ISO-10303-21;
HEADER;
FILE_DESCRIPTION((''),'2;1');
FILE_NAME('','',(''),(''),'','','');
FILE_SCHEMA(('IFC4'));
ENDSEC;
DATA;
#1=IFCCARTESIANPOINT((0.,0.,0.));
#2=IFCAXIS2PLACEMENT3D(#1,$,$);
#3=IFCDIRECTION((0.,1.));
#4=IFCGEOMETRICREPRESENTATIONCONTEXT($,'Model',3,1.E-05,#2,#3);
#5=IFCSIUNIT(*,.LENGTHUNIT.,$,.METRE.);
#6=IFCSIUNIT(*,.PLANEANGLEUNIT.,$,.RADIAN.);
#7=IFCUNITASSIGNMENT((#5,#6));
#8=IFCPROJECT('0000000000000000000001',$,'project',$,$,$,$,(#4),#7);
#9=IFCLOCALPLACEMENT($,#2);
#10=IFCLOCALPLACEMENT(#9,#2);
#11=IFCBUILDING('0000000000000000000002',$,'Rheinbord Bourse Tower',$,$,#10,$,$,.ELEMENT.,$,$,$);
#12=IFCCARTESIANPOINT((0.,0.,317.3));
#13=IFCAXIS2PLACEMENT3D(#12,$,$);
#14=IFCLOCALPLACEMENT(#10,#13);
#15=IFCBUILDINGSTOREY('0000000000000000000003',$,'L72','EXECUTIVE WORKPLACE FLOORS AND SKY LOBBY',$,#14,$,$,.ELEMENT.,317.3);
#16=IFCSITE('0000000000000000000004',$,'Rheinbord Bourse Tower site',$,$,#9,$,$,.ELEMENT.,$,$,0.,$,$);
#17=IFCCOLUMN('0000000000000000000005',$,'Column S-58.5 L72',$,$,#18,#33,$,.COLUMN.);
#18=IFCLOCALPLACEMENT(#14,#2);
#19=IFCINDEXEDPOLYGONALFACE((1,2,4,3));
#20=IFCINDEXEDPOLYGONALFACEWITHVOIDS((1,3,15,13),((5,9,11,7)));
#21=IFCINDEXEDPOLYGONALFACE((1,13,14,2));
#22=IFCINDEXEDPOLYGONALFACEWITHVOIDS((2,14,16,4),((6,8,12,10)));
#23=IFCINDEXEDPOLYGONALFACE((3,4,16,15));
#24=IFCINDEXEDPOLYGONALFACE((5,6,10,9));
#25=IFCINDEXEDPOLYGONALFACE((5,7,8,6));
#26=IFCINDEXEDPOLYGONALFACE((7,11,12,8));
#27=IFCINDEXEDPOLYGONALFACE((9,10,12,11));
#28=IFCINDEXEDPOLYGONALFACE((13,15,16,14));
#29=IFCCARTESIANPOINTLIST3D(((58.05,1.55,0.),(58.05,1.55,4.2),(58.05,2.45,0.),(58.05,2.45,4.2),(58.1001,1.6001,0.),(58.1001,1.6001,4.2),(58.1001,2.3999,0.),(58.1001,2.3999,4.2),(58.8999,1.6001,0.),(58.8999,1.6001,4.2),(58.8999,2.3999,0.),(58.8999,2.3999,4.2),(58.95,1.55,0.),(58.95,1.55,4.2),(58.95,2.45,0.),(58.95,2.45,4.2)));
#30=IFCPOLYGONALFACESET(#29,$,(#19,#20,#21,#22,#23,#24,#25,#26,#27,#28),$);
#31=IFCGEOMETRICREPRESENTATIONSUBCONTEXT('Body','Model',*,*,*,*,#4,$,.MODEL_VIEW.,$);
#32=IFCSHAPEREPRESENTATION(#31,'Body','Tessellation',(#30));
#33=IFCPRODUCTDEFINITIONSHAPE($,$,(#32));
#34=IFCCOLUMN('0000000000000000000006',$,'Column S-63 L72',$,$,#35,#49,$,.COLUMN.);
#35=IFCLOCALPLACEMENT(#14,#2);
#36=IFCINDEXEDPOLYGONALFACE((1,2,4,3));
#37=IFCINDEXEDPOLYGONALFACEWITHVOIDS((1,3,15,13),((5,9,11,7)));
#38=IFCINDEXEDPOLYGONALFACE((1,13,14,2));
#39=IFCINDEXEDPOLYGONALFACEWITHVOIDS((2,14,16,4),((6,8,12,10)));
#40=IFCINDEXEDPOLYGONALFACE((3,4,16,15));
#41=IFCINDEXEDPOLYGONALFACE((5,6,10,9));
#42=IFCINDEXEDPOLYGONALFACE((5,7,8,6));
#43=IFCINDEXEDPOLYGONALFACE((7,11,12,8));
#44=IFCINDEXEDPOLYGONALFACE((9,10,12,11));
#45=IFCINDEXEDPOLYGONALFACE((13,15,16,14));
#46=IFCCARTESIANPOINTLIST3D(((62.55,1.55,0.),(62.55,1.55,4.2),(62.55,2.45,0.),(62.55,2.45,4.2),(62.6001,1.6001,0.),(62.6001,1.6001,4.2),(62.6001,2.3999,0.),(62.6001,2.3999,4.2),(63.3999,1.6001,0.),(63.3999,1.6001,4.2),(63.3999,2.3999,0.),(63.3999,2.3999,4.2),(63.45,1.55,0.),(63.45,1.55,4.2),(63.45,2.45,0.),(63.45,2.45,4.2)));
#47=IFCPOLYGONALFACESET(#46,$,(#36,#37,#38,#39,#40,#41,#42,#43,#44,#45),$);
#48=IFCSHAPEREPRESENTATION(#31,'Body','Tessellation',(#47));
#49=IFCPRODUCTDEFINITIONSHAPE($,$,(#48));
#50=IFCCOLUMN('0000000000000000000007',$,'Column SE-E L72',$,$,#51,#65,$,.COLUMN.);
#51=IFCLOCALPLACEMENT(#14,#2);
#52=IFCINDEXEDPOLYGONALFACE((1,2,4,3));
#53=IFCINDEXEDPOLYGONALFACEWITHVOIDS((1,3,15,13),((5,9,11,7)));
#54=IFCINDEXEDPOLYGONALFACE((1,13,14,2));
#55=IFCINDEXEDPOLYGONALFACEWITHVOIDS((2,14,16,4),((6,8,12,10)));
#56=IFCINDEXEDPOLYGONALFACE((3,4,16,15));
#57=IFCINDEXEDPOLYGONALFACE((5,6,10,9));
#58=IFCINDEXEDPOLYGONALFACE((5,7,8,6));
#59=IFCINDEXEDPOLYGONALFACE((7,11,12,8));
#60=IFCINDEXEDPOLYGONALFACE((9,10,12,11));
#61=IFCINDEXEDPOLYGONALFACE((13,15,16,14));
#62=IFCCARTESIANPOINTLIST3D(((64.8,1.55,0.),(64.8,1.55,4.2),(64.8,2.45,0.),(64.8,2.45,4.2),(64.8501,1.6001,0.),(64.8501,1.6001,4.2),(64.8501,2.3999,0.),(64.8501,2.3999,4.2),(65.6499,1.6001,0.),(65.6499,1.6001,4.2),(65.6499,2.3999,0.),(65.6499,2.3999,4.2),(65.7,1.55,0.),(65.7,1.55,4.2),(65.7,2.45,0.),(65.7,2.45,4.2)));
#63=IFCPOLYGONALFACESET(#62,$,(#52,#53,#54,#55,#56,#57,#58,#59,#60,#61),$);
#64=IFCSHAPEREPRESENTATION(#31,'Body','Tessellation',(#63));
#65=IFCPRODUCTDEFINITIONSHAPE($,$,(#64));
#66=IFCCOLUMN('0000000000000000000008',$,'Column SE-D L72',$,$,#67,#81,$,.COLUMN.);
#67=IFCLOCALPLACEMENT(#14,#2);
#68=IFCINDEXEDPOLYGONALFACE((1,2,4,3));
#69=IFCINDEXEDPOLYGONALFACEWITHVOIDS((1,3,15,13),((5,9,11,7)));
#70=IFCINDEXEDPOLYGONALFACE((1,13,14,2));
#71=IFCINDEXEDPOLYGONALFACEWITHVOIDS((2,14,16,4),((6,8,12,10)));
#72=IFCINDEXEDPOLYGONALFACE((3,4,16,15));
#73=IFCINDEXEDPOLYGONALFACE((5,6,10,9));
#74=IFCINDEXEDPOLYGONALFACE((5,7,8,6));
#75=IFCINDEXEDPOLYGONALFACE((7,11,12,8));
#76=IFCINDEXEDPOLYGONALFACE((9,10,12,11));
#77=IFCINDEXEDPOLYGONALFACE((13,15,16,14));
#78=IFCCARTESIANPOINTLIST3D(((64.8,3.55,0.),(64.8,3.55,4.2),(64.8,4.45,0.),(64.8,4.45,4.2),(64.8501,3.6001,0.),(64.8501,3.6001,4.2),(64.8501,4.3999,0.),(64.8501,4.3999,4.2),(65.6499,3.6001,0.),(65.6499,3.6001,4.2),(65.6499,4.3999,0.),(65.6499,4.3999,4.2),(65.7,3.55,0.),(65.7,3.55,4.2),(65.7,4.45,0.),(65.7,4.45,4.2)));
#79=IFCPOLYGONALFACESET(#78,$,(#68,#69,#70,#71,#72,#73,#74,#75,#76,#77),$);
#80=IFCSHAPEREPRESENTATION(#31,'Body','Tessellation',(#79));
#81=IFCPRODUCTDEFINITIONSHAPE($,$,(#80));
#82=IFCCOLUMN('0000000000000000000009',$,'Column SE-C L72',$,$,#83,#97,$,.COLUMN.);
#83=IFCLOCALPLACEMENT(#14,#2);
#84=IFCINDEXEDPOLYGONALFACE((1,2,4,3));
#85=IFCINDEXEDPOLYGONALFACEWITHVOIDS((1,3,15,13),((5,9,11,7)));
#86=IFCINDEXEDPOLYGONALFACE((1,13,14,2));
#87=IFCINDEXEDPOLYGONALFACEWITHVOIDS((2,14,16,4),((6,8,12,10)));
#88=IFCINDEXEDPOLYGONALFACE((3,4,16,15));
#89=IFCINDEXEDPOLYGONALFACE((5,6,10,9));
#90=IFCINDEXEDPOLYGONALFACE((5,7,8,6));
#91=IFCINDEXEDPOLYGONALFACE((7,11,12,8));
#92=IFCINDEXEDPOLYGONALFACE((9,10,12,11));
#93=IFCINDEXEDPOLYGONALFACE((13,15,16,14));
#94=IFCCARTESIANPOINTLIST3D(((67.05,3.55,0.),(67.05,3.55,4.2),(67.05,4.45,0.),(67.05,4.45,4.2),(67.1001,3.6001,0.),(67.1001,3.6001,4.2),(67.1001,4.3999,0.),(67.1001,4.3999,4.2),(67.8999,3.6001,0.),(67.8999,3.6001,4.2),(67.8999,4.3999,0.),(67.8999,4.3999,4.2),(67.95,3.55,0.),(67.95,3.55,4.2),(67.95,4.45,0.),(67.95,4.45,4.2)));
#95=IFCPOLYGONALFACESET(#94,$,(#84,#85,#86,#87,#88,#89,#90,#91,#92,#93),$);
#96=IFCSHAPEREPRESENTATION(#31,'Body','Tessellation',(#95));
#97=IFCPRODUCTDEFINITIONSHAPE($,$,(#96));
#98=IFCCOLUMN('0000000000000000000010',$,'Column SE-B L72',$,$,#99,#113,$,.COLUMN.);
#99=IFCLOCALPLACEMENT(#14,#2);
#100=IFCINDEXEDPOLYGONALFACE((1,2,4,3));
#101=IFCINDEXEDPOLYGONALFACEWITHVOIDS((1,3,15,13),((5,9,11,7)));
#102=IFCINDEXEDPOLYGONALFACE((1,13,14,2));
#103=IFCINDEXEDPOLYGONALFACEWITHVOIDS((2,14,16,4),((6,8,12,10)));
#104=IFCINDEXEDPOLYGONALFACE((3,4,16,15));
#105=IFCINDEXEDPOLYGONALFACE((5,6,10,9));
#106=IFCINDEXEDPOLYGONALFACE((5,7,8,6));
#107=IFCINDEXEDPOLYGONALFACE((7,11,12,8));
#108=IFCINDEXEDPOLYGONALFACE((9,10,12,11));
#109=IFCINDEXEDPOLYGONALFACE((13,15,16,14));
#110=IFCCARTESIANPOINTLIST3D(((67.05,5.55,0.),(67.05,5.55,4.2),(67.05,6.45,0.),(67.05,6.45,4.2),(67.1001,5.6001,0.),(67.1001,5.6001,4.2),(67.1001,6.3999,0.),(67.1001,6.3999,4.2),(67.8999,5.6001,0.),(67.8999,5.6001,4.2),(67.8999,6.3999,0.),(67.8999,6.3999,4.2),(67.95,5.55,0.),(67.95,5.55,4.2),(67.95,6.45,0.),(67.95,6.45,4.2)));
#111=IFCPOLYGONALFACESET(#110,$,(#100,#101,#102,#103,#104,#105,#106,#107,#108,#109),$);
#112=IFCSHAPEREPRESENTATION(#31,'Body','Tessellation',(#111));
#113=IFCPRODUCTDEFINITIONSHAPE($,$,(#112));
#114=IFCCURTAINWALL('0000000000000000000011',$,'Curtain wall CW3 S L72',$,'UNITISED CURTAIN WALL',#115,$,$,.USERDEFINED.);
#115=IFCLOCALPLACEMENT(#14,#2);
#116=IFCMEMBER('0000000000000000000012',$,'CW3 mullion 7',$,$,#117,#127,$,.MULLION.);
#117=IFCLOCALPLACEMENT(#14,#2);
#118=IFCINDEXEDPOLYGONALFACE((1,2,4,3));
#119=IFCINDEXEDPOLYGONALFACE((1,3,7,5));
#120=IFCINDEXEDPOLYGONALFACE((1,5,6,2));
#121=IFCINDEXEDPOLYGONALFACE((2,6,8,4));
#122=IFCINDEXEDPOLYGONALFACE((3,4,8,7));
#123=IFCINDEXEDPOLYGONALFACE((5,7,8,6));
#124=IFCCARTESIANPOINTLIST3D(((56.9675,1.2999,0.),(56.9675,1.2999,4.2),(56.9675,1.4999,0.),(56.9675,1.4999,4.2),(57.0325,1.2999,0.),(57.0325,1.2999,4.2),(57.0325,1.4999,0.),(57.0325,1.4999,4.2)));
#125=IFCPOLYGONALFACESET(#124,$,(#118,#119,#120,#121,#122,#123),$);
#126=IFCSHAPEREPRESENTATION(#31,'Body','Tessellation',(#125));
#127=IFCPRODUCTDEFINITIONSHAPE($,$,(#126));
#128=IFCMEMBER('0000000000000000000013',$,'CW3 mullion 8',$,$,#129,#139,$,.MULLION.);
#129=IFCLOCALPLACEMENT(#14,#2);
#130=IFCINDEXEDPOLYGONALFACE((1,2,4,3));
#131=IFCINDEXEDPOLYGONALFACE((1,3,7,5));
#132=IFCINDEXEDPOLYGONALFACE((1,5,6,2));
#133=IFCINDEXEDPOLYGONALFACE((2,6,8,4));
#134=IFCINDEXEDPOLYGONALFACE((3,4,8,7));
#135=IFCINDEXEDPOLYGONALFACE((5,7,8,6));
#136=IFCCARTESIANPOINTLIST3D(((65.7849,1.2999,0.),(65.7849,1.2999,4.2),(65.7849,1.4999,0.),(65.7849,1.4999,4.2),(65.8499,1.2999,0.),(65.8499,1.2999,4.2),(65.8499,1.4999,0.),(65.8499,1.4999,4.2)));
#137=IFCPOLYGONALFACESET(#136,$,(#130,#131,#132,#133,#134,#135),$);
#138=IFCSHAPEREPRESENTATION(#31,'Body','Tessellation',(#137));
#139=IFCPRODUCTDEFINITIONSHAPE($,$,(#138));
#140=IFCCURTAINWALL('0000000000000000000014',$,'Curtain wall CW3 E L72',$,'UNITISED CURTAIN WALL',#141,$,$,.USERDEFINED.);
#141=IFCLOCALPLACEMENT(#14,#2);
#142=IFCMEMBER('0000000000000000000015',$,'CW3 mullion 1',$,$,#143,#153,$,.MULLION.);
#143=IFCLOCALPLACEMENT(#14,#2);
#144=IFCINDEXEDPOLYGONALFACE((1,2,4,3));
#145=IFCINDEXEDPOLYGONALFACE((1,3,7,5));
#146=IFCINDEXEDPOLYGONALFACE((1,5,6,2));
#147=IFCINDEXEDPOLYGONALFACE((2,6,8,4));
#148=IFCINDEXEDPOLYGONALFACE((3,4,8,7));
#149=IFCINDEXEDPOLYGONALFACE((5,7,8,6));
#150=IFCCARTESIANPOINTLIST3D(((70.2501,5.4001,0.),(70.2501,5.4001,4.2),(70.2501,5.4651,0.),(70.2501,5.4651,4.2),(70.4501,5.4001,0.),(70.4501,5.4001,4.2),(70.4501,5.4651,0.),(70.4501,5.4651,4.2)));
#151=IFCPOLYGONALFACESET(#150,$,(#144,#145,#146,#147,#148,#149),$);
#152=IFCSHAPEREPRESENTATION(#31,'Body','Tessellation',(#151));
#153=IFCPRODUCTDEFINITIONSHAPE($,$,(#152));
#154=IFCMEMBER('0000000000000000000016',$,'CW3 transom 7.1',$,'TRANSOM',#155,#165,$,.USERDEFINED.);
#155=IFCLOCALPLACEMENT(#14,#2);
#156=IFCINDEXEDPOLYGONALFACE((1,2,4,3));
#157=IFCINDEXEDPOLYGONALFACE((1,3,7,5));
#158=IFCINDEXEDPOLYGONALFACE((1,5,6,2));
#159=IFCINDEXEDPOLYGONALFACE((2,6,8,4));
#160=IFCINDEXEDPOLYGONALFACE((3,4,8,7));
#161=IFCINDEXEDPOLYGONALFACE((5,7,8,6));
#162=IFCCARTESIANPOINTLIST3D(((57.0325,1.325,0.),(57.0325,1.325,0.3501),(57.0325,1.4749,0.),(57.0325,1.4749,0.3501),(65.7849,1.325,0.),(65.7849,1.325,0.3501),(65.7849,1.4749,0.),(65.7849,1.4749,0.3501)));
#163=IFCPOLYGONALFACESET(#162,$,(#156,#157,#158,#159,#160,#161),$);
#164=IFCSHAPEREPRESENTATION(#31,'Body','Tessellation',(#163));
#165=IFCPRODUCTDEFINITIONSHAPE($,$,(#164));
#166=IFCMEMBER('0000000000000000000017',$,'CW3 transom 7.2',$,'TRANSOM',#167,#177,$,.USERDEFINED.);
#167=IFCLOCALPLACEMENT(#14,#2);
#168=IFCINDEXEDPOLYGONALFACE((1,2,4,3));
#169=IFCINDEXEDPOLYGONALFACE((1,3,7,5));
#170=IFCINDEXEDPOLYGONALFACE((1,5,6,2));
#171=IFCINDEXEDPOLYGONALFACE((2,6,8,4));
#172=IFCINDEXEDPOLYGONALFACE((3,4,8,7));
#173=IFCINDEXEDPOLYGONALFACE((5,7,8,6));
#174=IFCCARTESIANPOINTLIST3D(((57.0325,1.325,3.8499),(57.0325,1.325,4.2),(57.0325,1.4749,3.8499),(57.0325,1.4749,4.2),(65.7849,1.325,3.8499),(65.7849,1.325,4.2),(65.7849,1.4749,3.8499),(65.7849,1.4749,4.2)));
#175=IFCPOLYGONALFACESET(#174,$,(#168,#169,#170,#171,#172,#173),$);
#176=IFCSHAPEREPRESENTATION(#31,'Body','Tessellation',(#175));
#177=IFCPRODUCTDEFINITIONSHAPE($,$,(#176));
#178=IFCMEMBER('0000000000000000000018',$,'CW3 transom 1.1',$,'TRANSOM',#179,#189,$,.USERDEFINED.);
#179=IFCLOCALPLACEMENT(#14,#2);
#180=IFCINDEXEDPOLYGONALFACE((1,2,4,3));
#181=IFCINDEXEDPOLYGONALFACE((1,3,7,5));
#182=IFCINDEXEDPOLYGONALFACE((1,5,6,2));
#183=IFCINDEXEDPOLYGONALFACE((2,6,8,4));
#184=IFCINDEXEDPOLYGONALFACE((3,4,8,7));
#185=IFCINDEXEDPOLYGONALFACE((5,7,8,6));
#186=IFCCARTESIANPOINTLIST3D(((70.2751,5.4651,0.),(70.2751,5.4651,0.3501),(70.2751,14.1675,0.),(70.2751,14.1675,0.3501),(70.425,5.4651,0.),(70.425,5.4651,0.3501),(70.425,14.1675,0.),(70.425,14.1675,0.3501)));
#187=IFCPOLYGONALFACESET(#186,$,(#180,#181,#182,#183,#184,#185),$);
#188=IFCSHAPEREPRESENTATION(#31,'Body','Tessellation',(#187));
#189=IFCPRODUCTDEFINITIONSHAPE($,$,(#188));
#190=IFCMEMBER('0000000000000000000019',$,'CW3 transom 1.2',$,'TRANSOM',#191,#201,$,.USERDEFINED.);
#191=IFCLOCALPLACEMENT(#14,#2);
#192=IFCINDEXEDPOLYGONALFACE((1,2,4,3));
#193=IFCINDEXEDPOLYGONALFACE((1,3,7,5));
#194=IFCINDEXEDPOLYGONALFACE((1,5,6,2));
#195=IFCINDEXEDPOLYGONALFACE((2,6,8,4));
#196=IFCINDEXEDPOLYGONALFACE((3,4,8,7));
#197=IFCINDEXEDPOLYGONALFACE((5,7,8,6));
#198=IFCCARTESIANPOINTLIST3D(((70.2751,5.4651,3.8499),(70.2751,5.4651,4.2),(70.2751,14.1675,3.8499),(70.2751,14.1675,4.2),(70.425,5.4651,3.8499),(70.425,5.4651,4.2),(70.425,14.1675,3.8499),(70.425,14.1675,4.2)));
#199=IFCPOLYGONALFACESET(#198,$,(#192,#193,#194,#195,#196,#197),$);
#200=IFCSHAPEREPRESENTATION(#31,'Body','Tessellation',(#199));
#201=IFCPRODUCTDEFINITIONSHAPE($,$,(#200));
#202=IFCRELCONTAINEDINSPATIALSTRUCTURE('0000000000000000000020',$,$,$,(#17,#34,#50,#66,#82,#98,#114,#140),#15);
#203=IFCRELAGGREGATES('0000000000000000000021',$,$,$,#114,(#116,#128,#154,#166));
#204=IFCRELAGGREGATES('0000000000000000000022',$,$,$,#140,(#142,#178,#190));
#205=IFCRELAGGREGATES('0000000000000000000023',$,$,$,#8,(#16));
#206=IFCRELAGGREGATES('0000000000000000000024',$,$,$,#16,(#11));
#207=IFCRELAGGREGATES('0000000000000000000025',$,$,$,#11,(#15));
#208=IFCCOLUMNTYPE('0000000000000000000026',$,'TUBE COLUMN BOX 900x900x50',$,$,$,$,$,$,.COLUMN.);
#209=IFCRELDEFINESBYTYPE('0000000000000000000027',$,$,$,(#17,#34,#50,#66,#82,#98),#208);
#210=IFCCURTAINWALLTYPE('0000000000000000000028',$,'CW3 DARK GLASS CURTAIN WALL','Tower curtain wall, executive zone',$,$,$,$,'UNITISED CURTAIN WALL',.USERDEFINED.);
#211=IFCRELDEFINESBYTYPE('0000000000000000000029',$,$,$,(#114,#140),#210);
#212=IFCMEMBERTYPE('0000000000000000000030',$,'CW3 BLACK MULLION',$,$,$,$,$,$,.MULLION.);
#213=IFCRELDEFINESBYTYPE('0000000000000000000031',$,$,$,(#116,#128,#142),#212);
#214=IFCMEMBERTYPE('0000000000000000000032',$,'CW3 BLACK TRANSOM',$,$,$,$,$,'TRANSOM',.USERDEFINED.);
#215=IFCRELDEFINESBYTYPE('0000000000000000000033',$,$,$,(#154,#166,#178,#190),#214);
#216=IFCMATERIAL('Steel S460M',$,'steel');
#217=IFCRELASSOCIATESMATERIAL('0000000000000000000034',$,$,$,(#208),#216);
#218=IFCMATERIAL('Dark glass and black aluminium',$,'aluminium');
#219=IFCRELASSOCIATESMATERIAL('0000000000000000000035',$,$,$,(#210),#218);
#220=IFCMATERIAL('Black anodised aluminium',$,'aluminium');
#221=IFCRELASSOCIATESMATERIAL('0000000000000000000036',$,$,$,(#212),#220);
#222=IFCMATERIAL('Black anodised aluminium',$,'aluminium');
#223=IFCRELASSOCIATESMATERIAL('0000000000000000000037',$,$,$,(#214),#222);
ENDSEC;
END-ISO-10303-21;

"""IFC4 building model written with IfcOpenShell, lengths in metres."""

from ifc_helpers import new_model, si_unit, direction, frame, origin, origin_2d, place, context, subcontext, project, spatial, rectangle, hollow_rectangle, extrude, material, material_profile, profile_set, type_object, element, aggregate, save


model = new_model("IFC4")

# Units and contexts
model_context = context("Model", 3, precision=1e-05, world=origin(), true_north=direction((0.0, 1.0)))
body_context = subcontext(model_context, "Body", "Model", "MODEL_VIEW")
ifc_project = project(units=[si_unit("LENGTHUNIT", "METRE"), si_unit("PLANEANGLEUNIT", "RADIAN")], contexts=[model_context])

# Site, building, storey
site_placement = place(None, origin())
site = spatial("IfcSite", under=ifc_project, at=site_placement, Name="Rheinbord Bourse Tower site", CompositionType="ELEMENT", RefElevation=0.0)
building_placement = place(site_placement, origin())
building = spatial("IfcBuilding", under=site, at=building_placement, Name="Rheinbord Bourse Tower", CompositionType="ELEMENT")
storey_placement = place(building_placement, frame((0.0, 0.0, 317.3)))
storey = spatial("IfcBuildingStorey", under=building, at=storey_placement, Name="L72", Description="EXECUTIVE WORKPLACE FLOORS AND SKY LOBBY", CompositionType="ELEMENT", Elevation=317.3)

# Columns
ifc_material_1 = material(Name="Steel S460M", Category="steel")
ifc_material_profile_1 = material_profile(ifc_material_1, hollow_rectangle(XDim=0.8999, YDim=0.8999, WallThickness=0.05, at=origin_2d()), Name="BOX 900x900x50")
ifc_profile_set_1 = profile_set([ifc_material_profile_1], Name="Steel S460M")
column_type = type_object("IfcColumnType", Name="TUBE COLUMN BOX 900x900x50", PredefinedType="COLUMN", material=ifc_profile_set_1)
for number, where, z_axis, x_axis, name in (
    (1, (58.5, 2.0, 0.0), (0.0, 0.0, 1.0), (0.0, 1.0, 0.0), "Column S-58.5 L72"),
    (2, (63.0, 2.0, 0.0), (0.0, 0.0, 1.0), (0.0, 1.0, 0.0), "Column S-63 L72"),
    (3, (65.25, 2.0, 0.0), (0.0, 0.0, 1.0), (0.0, 1.0, 0.0), "Column SE-E L72"),
    (4, (65.25, 4.0, 0.0), (0.0, 0.0, 1.0), (0.0, 1.0, 0.0), "Column SE-D L72"),
    (5, (67.5, 4.0, 0.0), (0.0, 0.0, 1.0), (1.0, 0.0, 0.0), "Column SE-C L72"),
    (6, (67.5, 6.0, 0.0), (0.0, 0.0, 1.0), (1.0, 0.0, 0.0), "Column SE-B L72"),
):
    element("IfcColumn", number, at=place(storey_placement, frame(where, z_axis=z_axis, x_axis=x_axis)), inside=storey, type_object=column_type, Name=name, PredefinedType="COLUMN", context=body_context, shape_type="SweptSolid", body=[
        extrude(hollow_rectangle(XDim=0.8999, YDim=0.8999, WallThickness=0.05, at=origin_2d()), origin(), (0.0, 0.0, 1.0), 4.2),
    ])

# Curtain wall, members
ifc_material_2 = material(Name="Dark glass and black aluminium", Category="aluminium")
curtain_wall_type = type_object("IfcCurtainWallType", Name="CW3 DARK GLASS CURTAIN WALL", Description="Tower curtain wall, executive zone", ElementType="UNITISED CURTAIN WALL", PredefinedType="USERDEFINED", material=ifc_material_2)
curtain_wall_1_placement = place(storey_placement, origin())
curtain_wall_1 = element("IfcCurtainWall", 7, at=curtain_wall_1_placement, inside=storey, type_object=curtain_wall_type, Name="Curtain wall CW3 S L72", ObjectType="UNITISED CURTAIN WALL", PredefinedType="USERDEFINED")
ifc_material_3 = material(Name="Black anodised aluminium", Category="aluminium")
ifc_material_profile_2 = material_profile(ifc_material_3, rectangle(XDim=0.2, YDim=0.0649, at=origin_2d()), Name="CW3 MULLION 65x200")
ifc_profile_set_2 = profile_set([ifc_material_profile_2], Name="Black anodised aluminium")
member_type_1 = type_object("IfcMemberType", Name="CW3 BLACK MULLION", PredefinedType="MULLION", material=ifc_profile_set_2)
member_1_placement = place(storey_placement, frame((57.0, 1.3999, 0.0), z_axis=(0.0, 0.0, 1.0), x_axis=(0.0, 1.0, 0.0)))
member_1 = element("IfcMember", 8, at=member_1_placement, type_object=member_type_1, Name="CW3 mullion 7", PredefinedType="MULLION", context=body_context, shape_type="SweptSolid", body=[
    extrude(rectangle(XDim=0.2, YDim=0.0649, at=origin_2d()), origin(), (0.0, 0.0, 1.0), 4.2),
])
member_2_placement = place(storey_placement, frame((65.8174, 1.3999, 0.0), z_axis=(0.0, 0.0, 1.0), x_axis=(0.0, 1.0, 0.0)))
member_2 = element("IfcMember", 9, at=member_2_placement, type_object=member_type_1, Name="CW3 mullion 8", PredefinedType="MULLION", context=body_context, shape_type="SweptSolid", body=[
    extrude(rectangle(XDim=0.2, YDim=0.0649, at=origin_2d()), origin(), (0.0, 0.0, 1.0), 4.2),
])

# Curtain wall, member
curtain_wall_2_placement = place(storey_placement, origin())
curtain_wall_2 = element("IfcCurtainWall", 10, at=curtain_wall_2_placement, inside=storey, type_object=curtain_wall_type, Name="Curtain wall CW3 E L72", ObjectType="UNITISED CURTAIN WALL", PredefinedType="USERDEFINED")
member_3_placement = place(storey_placement, frame((70.3501, 5.4326, 0.0), z_axis=(0.0, 0.0, 1.0), x_axis=(-1.0, 0.0, 0.0)))
member_3 = element("IfcMember", 11, at=member_3_placement, type_object=member_type_1, Name="CW3 mullion 1", PredefinedType="MULLION", context=body_context, shape_type="SweptSolid", body=[
    extrude(rectangle(XDim=0.2, YDim=0.0649, at=origin_2d()), origin(), (0.0, 0.0, 1.0), 4.2),
])

# Members
ifc_material_4 = material(Name="Black anodised aluminium", Category="aluminium")
ifc_material_profile_3 = material_profile(ifc_material_4, rectangle(XDim=0.1499, YDim=0.3501, at=origin_2d()), Name="CW3 TRANSOM 350x150")
ifc_profile_set_3 = profile_set([ifc_material_profile_3], Name="Black anodised aluminium")
member_type_2 = type_object("IfcMemberType", Name="CW3 BLACK TRANSOM", ElementType="TRANSOM", PredefinedType="USERDEFINED", material=ifc_profile_set_3)
member_4_placement = place(storey_placement, frame((57.0325, 1.3999, 0.175), z_axis=(1.0, 0.0, 0.0), x_axis=(0.0, 1.0, 0.0)))
member_4 = element("IfcMember", 12, at=member_4_placement, type_object=member_type_2, Name="CW3 transom 7.1", ObjectType="TRANSOM", PredefinedType="USERDEFINED", context=body_context, shape_type="SweptSolid", body=[
    extrude(rectangle(XDim=0.1499, YDim=0.3501, at=origin_2d()), origin(), (0.0, 0.0, 1.0), 8.7524),
])
member_5_placement = place(storey_placement, frame((57.0325, 1.3999, 4.0249), z_axis=(1.0, 0.0, 0.0), x_axis=(0.0, 1.0, 0.0)))
member_5 = element("IfcMember", 13, at=member_5_placement, type_object=member_type_2, Name="CW3 transom 7.2", ObjectType="TRANSOM", PredefinedType="USERDEFINED", context=body_context, shape_type="SweptSolid", body=[
    extrude(rectangle(XDim=0.1499, YDim=0.3501, at=origin_2d()), origin(), (0.0, 0.0, 1.0), 8.7524),
])
member_6_placement = place(storey_placement, frame((70.3501, 5.4651, 0.175), z_axis=(0.0, 1.0, 0.0), x_axis=(-1.0, 0.0, 0.0)))
member_6 = element("IfcMember", 14, at=member_6_placement, type_object=member_type_2, Name="CW3 transom 1.1", ObjectType="TRANSOM", PredefinedType="USERDEFINED", context=body_context, shape_type="SweptSolid", body=[
    extrude(rectangle(XDim=0.1499, YDim=0.3501, at=origin_2d()), origin(), (0.0, 0.0, 1.0), 8.7024),
])
member_7_placement = place(storey_placement, frame((70.3501, 5.4651, 4.0249), z_axis=(0.0, 1.0, 0.0), x_axis=(-1.0, 0.0, 0.0)))
member_7 = element("IfcMember", 15, at=member_7_placement, type_object=member_type_2, Name="CW3 transom 1.2", ObjectType="TRANSOM", PredefinedType="USERDEFINED", context=body_context, shape_type="SweptSolid", body=[
    extrude(rectangle(XDim=0.1499, YDim=0.3501, at=origin_2d()), origin(), (0.0, 0.0, 1.0), 8.7024),
])

aggregate(curtain_wall_1, [member_1, member_2, member_4, member_5])
aggregate(curtain_wall_2, [member_3, member_6, member_7])

save(model, "model.ifc")
